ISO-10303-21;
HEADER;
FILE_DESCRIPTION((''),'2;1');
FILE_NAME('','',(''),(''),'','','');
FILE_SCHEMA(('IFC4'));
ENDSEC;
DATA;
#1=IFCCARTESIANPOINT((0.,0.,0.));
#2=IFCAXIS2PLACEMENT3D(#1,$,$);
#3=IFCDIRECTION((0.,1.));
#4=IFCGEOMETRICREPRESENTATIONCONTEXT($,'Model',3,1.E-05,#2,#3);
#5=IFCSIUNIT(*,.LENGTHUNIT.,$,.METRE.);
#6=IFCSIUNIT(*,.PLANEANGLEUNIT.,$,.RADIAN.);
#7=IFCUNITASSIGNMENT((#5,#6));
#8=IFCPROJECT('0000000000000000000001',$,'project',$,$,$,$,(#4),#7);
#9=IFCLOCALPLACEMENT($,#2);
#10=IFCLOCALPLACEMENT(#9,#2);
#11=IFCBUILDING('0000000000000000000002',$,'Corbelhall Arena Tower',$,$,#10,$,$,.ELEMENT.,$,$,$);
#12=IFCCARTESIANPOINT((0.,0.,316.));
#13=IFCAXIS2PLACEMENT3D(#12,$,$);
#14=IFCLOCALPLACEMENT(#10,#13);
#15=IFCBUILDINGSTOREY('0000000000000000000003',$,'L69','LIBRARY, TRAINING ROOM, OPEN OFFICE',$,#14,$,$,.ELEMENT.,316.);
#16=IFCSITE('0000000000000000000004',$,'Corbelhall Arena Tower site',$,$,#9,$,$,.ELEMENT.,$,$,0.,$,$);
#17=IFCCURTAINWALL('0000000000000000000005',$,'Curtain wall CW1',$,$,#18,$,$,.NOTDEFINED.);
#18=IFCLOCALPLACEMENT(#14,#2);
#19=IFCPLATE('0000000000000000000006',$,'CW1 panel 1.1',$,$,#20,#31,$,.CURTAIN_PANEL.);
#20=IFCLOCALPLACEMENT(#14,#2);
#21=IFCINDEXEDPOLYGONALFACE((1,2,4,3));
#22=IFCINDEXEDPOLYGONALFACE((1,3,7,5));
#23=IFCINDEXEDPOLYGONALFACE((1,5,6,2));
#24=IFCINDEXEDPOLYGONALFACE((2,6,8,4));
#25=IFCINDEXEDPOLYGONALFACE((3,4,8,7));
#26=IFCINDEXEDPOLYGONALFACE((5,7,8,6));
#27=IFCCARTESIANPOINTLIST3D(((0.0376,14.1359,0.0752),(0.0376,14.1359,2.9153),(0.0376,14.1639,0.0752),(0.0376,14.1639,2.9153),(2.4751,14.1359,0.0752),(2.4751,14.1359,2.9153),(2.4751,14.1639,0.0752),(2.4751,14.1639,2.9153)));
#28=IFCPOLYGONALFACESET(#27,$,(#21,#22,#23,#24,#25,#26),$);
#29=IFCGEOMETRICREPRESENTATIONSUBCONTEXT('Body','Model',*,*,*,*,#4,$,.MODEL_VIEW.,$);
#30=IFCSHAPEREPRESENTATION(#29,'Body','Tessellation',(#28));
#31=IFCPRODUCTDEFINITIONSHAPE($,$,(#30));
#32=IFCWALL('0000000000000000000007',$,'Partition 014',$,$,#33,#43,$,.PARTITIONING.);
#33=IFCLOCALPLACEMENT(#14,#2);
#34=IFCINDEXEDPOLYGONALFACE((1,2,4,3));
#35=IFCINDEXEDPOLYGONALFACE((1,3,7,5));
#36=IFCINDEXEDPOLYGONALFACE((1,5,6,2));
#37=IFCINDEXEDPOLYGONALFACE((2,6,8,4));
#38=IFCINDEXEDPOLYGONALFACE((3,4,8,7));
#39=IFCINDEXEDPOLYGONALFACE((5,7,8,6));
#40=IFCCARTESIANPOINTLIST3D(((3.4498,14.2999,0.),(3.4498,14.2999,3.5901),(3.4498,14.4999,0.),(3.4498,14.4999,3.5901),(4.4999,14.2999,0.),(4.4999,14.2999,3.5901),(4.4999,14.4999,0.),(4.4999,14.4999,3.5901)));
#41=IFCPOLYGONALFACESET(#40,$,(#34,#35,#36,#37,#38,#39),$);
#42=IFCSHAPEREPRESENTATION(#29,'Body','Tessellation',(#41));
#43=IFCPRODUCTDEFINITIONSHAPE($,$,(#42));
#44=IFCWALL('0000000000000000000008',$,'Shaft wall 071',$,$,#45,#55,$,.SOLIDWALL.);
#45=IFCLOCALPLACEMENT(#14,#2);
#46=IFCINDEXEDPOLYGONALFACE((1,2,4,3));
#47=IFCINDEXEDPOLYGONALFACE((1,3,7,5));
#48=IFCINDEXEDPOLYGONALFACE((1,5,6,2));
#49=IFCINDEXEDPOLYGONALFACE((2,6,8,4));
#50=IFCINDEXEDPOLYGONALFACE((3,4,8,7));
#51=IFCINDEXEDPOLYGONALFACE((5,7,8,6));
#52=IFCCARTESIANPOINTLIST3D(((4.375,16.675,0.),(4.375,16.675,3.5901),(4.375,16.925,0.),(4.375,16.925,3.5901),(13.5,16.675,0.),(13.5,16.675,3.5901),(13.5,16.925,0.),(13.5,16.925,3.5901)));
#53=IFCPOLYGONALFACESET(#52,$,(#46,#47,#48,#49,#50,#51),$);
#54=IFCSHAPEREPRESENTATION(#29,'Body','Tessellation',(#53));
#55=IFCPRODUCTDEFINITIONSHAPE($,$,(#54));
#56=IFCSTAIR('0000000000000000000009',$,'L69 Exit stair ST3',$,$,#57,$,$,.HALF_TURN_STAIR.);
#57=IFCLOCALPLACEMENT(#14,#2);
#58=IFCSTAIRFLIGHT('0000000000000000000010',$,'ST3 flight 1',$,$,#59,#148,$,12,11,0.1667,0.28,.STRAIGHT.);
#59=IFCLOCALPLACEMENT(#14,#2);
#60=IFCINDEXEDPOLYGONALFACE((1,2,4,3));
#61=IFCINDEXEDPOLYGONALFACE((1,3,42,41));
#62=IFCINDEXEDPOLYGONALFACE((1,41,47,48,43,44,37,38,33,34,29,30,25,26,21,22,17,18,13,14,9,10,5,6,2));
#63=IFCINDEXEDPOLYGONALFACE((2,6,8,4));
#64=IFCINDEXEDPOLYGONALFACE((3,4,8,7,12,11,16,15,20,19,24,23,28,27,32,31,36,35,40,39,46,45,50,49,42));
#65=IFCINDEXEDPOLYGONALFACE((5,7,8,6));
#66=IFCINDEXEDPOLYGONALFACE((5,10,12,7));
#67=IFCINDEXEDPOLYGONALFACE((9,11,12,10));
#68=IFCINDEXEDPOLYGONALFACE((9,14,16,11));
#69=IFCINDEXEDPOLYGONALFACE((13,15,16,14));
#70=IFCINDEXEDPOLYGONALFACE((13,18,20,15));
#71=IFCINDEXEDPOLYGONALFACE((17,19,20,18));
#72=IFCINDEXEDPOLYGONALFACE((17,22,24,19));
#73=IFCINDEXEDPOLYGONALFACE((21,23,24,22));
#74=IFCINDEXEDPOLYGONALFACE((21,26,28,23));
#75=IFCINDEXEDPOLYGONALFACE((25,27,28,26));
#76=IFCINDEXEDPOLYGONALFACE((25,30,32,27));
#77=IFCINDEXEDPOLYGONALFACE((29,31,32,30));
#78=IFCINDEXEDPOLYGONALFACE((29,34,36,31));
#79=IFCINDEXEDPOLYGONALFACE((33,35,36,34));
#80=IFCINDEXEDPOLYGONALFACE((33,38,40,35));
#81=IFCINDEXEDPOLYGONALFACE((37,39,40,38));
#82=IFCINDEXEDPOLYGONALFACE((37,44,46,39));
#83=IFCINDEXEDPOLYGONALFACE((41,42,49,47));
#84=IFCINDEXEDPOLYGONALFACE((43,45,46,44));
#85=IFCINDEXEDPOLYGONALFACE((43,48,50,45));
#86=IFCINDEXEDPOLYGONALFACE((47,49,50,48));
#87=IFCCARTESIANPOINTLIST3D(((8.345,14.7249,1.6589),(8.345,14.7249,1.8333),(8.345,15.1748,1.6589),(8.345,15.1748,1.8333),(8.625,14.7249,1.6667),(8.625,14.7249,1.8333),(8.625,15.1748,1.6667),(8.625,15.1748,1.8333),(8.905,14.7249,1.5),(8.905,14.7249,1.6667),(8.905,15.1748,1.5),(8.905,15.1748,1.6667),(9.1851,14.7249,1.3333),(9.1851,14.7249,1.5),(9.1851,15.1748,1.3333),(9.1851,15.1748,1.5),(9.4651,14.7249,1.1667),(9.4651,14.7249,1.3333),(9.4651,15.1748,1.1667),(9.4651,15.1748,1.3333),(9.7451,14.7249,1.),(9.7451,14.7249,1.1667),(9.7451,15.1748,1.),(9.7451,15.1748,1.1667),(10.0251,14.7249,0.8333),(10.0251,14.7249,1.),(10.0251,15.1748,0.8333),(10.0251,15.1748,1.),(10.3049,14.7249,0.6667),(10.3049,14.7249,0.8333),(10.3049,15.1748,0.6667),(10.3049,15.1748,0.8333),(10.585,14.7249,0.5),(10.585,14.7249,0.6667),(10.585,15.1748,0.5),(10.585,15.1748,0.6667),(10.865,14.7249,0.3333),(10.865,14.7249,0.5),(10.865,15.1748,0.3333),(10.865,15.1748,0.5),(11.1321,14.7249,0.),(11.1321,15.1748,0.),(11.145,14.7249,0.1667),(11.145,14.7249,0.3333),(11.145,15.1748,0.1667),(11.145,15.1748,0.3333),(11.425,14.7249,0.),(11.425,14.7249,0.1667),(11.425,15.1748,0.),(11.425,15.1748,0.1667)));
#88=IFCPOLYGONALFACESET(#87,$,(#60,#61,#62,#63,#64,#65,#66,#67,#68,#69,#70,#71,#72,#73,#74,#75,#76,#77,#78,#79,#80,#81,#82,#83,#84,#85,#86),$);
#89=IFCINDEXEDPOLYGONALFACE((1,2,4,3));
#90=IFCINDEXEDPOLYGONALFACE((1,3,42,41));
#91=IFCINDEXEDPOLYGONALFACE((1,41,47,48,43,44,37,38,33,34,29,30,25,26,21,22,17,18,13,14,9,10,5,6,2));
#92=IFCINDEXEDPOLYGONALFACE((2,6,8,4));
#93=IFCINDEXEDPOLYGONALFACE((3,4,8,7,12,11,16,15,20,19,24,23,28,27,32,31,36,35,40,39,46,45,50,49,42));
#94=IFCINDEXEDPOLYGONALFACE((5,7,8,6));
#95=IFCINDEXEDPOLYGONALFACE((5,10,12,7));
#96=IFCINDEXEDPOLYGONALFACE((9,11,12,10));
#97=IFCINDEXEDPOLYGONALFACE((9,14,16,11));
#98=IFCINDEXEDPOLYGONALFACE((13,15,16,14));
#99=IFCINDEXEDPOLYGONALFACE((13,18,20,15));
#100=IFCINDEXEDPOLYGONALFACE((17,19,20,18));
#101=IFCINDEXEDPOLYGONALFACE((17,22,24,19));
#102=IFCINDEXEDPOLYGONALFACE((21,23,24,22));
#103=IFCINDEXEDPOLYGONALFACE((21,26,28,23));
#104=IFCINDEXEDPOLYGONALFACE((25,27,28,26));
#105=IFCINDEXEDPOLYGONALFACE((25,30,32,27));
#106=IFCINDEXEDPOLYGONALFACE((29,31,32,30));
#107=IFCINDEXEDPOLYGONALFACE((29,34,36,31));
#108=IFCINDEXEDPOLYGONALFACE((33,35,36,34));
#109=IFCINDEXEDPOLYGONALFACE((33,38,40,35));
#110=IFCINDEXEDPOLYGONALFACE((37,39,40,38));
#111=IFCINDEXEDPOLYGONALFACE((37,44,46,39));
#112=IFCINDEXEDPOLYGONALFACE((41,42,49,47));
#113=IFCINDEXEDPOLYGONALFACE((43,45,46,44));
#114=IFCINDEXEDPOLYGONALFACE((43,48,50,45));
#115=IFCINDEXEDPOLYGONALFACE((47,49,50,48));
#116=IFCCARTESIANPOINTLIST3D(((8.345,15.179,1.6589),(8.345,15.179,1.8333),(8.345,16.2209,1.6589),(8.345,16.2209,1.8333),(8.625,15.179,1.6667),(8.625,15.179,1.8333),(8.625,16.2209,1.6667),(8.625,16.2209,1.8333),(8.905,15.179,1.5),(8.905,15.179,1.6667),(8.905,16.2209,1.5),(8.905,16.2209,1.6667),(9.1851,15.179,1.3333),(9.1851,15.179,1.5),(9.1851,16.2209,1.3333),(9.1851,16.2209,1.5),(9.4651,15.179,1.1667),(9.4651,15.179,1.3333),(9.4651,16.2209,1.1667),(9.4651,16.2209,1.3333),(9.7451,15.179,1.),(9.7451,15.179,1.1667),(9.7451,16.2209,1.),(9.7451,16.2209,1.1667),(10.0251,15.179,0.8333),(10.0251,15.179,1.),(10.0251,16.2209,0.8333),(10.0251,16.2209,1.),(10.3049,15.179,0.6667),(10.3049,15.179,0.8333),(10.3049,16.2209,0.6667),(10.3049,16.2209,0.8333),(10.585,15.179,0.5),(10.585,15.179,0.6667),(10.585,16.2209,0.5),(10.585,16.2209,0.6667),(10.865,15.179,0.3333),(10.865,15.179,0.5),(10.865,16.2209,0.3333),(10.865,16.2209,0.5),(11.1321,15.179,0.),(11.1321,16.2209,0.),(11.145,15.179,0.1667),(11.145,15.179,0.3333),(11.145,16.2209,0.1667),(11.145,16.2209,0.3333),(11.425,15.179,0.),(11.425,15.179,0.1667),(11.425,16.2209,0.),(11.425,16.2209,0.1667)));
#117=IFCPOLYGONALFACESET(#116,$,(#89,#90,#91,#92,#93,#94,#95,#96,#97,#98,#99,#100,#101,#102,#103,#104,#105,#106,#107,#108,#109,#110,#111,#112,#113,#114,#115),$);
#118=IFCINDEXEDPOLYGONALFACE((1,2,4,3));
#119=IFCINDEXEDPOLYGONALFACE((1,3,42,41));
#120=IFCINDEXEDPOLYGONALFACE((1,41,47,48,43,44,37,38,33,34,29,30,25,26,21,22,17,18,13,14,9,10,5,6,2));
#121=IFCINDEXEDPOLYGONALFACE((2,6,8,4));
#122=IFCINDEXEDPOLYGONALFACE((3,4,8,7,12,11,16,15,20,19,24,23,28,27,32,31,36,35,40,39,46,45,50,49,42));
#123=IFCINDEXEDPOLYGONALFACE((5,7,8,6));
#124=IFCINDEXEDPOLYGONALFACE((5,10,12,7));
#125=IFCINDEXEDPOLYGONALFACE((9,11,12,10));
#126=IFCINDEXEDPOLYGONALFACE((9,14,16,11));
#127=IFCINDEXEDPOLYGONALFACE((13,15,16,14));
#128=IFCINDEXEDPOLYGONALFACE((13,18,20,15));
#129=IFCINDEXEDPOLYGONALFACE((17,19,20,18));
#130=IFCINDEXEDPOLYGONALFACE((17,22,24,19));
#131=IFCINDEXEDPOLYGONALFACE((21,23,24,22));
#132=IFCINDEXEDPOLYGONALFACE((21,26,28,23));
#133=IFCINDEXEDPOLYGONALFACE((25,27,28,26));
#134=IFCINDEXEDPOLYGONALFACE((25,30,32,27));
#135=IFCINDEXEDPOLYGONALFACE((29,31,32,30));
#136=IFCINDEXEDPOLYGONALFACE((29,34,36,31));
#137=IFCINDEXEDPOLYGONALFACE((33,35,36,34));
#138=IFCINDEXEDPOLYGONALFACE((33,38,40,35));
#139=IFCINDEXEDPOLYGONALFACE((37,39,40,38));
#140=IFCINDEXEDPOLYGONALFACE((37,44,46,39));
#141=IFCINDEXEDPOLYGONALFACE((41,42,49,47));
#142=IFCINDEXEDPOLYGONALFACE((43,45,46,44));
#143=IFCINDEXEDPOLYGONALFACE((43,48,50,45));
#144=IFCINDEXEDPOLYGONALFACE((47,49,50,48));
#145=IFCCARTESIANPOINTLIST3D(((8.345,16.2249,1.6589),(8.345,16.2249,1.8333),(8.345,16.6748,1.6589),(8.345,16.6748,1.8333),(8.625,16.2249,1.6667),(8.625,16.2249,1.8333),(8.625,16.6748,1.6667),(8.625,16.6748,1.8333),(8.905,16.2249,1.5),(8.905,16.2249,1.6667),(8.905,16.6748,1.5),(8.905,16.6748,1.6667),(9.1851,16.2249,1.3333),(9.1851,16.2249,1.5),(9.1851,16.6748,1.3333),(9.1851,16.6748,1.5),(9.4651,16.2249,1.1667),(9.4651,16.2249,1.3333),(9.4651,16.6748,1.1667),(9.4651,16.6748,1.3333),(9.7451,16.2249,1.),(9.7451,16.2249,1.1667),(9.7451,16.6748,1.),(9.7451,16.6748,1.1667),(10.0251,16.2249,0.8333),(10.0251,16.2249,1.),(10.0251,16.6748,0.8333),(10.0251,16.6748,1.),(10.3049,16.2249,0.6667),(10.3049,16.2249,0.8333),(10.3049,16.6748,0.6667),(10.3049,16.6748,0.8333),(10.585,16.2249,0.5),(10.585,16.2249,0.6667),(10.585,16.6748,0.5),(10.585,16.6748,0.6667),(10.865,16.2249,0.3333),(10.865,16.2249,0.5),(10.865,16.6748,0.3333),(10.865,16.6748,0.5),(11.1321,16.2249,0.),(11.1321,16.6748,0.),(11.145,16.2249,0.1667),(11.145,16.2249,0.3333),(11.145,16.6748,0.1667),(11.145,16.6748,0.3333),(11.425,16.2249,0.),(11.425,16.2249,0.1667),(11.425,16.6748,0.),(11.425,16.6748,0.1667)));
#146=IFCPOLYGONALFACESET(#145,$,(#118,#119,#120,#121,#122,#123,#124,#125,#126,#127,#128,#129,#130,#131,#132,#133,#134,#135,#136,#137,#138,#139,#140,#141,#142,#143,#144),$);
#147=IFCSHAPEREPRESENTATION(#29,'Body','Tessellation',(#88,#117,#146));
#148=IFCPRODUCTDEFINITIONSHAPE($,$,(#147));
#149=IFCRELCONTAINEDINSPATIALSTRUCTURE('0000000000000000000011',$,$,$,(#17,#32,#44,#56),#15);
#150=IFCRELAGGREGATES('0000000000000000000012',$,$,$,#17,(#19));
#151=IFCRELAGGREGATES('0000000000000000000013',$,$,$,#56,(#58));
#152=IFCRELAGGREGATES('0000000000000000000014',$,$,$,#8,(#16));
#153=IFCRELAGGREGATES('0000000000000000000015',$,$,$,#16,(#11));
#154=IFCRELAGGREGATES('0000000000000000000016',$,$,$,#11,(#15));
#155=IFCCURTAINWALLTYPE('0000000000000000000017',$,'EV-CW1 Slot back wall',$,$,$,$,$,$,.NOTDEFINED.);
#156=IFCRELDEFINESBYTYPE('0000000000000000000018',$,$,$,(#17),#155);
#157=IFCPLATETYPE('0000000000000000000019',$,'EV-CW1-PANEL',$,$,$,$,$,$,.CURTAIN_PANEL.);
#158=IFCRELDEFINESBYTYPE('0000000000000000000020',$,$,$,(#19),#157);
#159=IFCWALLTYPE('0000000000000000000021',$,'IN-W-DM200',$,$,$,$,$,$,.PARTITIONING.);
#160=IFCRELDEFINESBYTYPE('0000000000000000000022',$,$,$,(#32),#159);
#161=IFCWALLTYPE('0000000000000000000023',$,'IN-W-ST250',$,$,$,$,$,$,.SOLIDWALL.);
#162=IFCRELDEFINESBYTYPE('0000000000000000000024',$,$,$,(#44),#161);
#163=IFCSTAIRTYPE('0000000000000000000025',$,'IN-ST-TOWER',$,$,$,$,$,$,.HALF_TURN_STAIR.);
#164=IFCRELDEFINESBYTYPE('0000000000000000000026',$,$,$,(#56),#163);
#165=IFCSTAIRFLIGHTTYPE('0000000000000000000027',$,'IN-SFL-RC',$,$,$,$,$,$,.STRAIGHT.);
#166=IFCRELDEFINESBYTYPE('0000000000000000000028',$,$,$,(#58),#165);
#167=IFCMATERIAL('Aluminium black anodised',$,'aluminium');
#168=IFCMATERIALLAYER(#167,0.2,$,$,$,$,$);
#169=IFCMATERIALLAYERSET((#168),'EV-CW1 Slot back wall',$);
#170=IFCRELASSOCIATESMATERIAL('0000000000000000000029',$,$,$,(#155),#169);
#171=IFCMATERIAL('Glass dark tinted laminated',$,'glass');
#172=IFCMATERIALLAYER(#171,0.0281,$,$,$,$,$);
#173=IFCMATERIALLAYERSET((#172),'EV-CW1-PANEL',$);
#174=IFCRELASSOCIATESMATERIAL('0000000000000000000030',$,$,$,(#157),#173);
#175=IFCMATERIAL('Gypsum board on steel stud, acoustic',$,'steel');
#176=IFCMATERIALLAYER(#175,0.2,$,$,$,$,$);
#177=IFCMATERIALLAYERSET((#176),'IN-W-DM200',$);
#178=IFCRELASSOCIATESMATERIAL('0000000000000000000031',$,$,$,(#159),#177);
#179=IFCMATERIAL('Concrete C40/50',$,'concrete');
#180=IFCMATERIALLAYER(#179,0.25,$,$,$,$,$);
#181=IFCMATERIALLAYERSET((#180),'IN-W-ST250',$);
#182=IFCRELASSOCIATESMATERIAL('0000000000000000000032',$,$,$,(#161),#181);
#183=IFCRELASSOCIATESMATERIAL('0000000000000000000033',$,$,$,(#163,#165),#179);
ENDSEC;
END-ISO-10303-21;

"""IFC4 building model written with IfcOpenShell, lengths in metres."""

from ifc_helpers import new_model, si_unit, direction, frame, frame_2d, origin, origin_2d, place, context, subcontext, project, spatial, polyline, rectangle, outline, extrude, material, layer, layer_set, type_object, element, aggregate, save


model = new_model("IFC4")

# Units and contexts
model_context = context("Model", 3, precision=1e-05, world=origin(), true_north=direction((0.0, 1.0)))
body_context = subcontext(model_context, "Body", "Model", "MODEL_VIEW")
ifc_project = project(units=[si_unit("LENGTHUNIT", "METRE"), si_unit("PLANEANGLEUNIT", "RADIAN")], contexts=[model_context])

# Site, building, storey
site_placement = place(None, origin())
site = spatial("IfcSite", under=ifc_project, at=site_placement, Name="Corbelhall Arena Tower site", CompositionType="ELEMENT", RefElevation=0.0)
building_placement = place(site_placement, origin())
building = spatial("IfcBuilding", under=site, at=building_placement, Name="Corbelhall Arena Tower", CompositionType="ELEMENT")
storey_placement = place(building_placement, frame((0.0, 0.0, 316.0)))
storey = spatial("IfcBuildingStorey", under=building, at=storey_placement, Name="L69", Description="LIBRARY, TRAINING ROOM, OPEN OFFICE", CompositionType="ELEMENT", Elevation=316.0)

# Curtain wall
ifc_material_1 = material(Name="Aluminium black anodised", Category="aluminium")
ifc_layer_1 = layer(ifc_material_1, 0.2)
ifc_layer_set_1 = layer_set([ifc_layer_1], Name="EV-CW1 Slot back wall")
curtain_wall_type = type_object("IfcCurtainWallType", Name="EV-CW1 Slot back wall", PredefinedType="NOTDEFINED", material=ifc_layer_set_1)
curtain_wall_placement = place(storey_placement, origin())
curtain_wall = element("IfcCurtainWall", 1, at=curtain_wall_placement, inside=storey, type_object=curtain_wall_type, Name="Curtain wall CW1", PredefinedType="NOTDEFINED")

# Plate
ifc_material_2 = material(Name="Glass dark tinted laminated", Category="glass")
ifc_layer_2 = layer(ifc_material_2, 0.0281)
ifc_layer_set_2 = layer_set([ifc_layer_2], Name="EV-CW1-PANEL")
plate_type = type_object("IfcPlateType", Name="EV-CW1-PANEL", PredefinedType="CURTAIN_PANEL", material=ifc_layer_set_2)
plate_placement = place(storey_placement, frame((1.2563, 14.1499, 0.0752), z_axis=(0.0, 0.0, 1.0), x_axis=(-1.0, 0.0, 0.0)))
plate = element("IfcPlate", 2, at=plate_placement, type_object=plate_type, Name="CW1 panel 1.1", PredefinedType="CURTAIN_PANEL", context=body_context, shape_type="SweptSolid", body=[
    extrude(rectangle(XDim=2.4375, YDim=0.0281, at=origin_2d()), origin(), (0.0, 0.0, 1.0), 2.8401),
])
aggregate(curtain_wall, [plate])

# Walls
ifc_material_3 = material(Name="Gypsum board on steel stud, acoustic", Category="steel")
ifc_layer_3 = layer(ifc_material_3, 0.2)
ifc_layer_set_3 = layer_set([ifc_layer_3], Name="IN-W-DM200")
wall_type_1 = type_object("IfcWallType", Name="IN-W-DM200", PredefinedType="PARTITIONING", material=ifc_layer_set_3)
wall_1_placement = place(storey_placement, frame((3.45, 14.3999, 0.0), z_axis=(0.0, 0.0, 1.0), x_axis=(1.0, 0.0, 0.0)))
element("IfcWall", 3, at=wall_1_placement, inside=storey, type_object=wall_type_1, Name="Partition 014", PredefinedType="PARTITIONING", context=body_context, shape_type="SweptSolid", body=[
    extrude(rectangle(XDim=1.05, YDim=0.2, at=frame_2d((0.5249, 0.0))), origin(), (0.0, 0.0, 1.0), 3.5901),
])
ifc_material_4 = material(Name="Concrete C40/50", Category="concrete")
ifc_layer_4 = layer(ifc_material_4, 0.25)
ifc_layer_set_4 = layer_set([ifc_layer_4], Name="IN-W-ST250")
wall_type_2 = type_object("IfcWallType", Name="IN-W-ST250", PredefinedType="SOLIDWALL", material=ifc_layer_set_4)
wall_2_placement = place(storey_placement, frame((4.375, 16.8, 0.0), z_axis=(0.0, 0.0, 1.0), x_axis=(1.0, 0.0, 0.0)))
element("IfcWall", 4, at=wall_2_placement, inside=storey, type_object=wall_type_2, Name="Shaft wall 071", PredefinedType="SOLIDWALL", context=body_context, shape_type="SweptSolid", body=[
    extrude(rectangle(XDim=9.125, YDim=0.25, at=frame_2d((4.5625, 0.0))), origin(), (0.0, 0.0, 1.0), 3.5901),
])

# Stair, stair flight
stair_type = type_object("IfcStairType", Name="IN-ST-TOWER", PredefinedType="HALF_TURN_STAIR", material=ifc_material_4)
stair_placement = place(storey_placement, origin())
stair = element("IfcStair", 5, at=stair_placement, inside=storey, type_object=stair_type, Name="L69 Exit stair ST3", PredefinedType="HALF_TURN_STAIR")
stair_flight_type = type_object("IfcStairFlightType", Name="IN-SFL-RC", PredefinedType="STRAIGHT", material=ifc_material_4)
stair_flight_placement = place(storey_placement, frame((11.425, 15.7, 0.0), z_axis=(0.0, 0.0, 1.0), x_axis=(-1.0, 0.0, 0.0)))
stair_flight = element("IfcStairFlight", 6, at=stair_flight_placement, type_object=stair_flight_type, Name="ST3 flight 1", NumberOfRisers=12, NumberOfTreads=11, PredefinedType="STRAIGHT", RiserHeight=0.1667, TreadLength=0.28, context=body_context, shape_type="SweptSolid", body=[
    extrude(outline(polyline([(0.0, 0.0), (0.0, 0.1667), (0.28, 0.1667), (0.28, 0.3333), (0.5601, 0.3333), (0.5601, 0.5), (0.8401, 0.5), (0.8401, 0.6667), (1.1201, 0.6667), (1.1201, 0.8333), (1.3999, 0.8333), (1.3999, 1.0), (1.6799, 1.0), (1.6799, 1.1667), (1.96, 1.1667), (1.96, 1.3333), (2.24, 1.3333), (2.24, 1.5), (2.52, 1.5), (2.52, 1.6667), (2.8, 1.6667), (2.8, 1.8333), (3.0801, 1.8333), (3.0801, 2.0), (3.0801, 1.6589), (0.293, 0.0), (0.0, 0.0)])), frame((0.0, 0.9751, 0.0), z_axis=(0.0, -1.0, 0.0), x_axis=(1.0, 0.0, 0.0)), (0.0, 0.0, 1.0), 0.45),
    extrude(outline(polyline([(0.0, 0.0), (0.0, 0.1667), (0.28, 0.1667), (0.28, 0.3333), (0.5601, 0.3333), (0.5601, 0.5), (0.8401, 0.5), (0.8401, 0.6667), (1.1201, 0.6667), (1.1201, 0.8333), (1.3999, 0.8333), (1.3999, 1.0), (1.6799, 1.0), (1.6799, 1.1667), (1.96, 1.1667), (1.96, 1.3333), (2.24, 1.3333), (2.24, 1.5), (2.52, 1.5), (2.52, 1.6667), (2.8, 1.6667), (2.8, 1.8333), (3.0801, 1.8333), (3.0801, 2.0), (3.0801, 1.6589), (0.293, 0.0), (0.0, 0.0)])), frame((0.0, 0.521, 0.0), z_axis=(0.0, -1.0, 0.0), x_axis=(1.0, 0.0, 0.0)), (0.0, 0.0, 1.0), 1.042),
    extrude(outline(polyline([(0.0, 0.0), (0.0, 0.1667), (0.28, 0.1667), (0.28, 0.3333), (0.5601, 0.3333), (0.5601, 0.5), (0.8401, 0.5), (0.8401, 0.6667), (1.1201, 0.6667), (1.1201, 0.8333), (1.3999, 0.8333), (1.3999, 1.0), (1.6799, 1.0), (1.6799, 1.1667), (1.96, 1.1667), (1.96, 1.3333), (2.24, 1.3333), (2.24, 1.5), (2.52, 1.5), (2.52, 1.6667), (2.8, 1.6667), (2.8, 1.8333), (3.0801, 1.8333), (3.0801, 2.0), (3.0801, 1.6589), (0.293, 0.0), (0.0, 0.0)])), frame((0.0, -0.5249, 0.0), z_axis=(0.0, -1.0, 0.0), x_axis=(1.0, 0.0, 0.0)), (0.0, 0.0, 1.0), 0.45),
])
aggregate(stair, [stair_flight])

save(model, "model.ifc")
